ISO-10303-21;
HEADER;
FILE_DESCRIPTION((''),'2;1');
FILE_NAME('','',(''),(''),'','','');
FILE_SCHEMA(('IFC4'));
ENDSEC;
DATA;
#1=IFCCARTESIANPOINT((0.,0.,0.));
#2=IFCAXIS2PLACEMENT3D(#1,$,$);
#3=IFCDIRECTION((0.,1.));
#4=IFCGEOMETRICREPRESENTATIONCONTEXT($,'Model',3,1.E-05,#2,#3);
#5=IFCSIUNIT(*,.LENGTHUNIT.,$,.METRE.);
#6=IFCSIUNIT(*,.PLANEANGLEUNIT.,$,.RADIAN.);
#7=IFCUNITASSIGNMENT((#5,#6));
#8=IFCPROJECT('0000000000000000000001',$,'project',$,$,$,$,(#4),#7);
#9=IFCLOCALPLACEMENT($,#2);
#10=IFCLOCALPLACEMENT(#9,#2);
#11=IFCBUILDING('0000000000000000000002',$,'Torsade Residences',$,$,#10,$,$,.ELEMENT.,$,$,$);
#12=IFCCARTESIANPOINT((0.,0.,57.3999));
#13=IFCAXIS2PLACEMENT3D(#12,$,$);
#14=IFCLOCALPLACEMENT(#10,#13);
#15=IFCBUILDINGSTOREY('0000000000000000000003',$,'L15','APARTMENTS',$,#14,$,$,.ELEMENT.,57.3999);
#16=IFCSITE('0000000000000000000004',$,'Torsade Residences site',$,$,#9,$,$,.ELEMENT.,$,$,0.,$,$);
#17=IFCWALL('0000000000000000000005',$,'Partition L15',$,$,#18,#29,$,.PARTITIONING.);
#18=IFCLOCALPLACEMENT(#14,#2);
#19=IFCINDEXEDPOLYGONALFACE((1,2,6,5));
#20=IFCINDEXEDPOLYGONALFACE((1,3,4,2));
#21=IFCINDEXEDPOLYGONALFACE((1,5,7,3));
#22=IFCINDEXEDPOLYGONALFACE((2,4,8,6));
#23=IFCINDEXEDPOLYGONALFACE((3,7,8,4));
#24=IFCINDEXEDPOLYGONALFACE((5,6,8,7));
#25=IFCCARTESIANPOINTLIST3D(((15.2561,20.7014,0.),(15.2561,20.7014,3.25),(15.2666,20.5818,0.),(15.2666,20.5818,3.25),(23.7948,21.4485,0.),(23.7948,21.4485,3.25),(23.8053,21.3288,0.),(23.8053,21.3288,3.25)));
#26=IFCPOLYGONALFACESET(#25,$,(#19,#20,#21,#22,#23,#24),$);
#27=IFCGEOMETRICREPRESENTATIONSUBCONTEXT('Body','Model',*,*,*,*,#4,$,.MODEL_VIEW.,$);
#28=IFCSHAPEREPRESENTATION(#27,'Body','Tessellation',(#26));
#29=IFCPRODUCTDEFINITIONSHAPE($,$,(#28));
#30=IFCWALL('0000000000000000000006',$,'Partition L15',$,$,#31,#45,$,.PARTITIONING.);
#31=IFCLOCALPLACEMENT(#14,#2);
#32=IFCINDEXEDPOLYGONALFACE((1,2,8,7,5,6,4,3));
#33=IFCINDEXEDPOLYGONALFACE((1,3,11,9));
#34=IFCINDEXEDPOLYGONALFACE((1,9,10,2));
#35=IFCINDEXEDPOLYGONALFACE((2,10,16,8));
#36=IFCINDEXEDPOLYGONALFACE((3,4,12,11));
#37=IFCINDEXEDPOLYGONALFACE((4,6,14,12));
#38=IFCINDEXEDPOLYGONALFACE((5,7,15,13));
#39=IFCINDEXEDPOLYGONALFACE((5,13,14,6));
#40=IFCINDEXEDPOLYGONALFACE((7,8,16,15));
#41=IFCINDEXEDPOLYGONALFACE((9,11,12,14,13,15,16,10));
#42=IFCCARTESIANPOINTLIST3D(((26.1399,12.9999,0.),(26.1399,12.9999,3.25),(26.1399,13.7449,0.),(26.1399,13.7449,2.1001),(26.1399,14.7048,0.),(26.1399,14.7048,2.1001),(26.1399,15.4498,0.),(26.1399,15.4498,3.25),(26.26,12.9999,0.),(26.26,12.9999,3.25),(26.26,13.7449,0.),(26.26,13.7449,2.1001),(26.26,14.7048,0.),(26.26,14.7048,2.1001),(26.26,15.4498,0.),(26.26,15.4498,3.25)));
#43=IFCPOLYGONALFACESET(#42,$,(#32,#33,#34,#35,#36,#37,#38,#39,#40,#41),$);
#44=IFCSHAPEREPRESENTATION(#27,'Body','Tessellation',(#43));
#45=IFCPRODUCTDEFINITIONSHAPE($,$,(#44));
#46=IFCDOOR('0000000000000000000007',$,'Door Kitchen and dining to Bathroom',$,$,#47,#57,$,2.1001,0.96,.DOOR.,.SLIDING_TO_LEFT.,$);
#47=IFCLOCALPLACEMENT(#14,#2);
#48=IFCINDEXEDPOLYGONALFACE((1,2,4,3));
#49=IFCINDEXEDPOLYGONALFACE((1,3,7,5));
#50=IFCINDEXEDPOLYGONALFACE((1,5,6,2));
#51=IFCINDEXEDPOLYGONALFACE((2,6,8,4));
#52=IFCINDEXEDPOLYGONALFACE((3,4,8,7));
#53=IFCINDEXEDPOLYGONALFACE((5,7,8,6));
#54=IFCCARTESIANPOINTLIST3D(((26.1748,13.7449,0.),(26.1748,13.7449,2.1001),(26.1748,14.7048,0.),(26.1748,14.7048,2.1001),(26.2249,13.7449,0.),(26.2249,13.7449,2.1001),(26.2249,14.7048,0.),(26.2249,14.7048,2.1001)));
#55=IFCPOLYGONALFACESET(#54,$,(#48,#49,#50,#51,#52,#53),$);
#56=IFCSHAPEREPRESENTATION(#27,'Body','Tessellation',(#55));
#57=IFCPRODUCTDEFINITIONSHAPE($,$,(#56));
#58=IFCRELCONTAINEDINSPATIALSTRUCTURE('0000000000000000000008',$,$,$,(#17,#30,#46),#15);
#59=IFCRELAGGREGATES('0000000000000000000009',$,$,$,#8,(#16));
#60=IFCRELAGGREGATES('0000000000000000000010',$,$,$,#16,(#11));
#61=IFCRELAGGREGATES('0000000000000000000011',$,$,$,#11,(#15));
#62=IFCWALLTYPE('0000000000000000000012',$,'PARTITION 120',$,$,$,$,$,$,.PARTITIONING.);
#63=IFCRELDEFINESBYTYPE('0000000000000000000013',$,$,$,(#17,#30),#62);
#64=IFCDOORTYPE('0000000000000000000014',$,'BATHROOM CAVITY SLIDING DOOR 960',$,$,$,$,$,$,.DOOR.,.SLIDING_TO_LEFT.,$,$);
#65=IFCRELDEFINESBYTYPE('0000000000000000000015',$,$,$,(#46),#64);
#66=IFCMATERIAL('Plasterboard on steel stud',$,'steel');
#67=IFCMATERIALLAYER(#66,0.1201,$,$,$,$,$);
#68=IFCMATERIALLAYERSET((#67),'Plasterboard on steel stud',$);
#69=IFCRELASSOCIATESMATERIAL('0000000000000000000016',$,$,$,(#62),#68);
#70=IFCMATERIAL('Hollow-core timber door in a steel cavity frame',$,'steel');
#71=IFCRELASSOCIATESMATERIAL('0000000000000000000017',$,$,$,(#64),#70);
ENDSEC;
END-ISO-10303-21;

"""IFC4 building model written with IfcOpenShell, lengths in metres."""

from ifc_helpers import new_model, si_unit, direction, frame, frame_2d, origin, place, context, subcontext, project, spatial, rectangle, extrude, material, layer, layer_set, type_object, element, fill, save


model = new_model("IFC4")

# Units and contexts
model_context = context("Model", 3, precision=1e-05, world=origin(), true_north=direction((0.0, 1.0)))
body_context = subcontext(model_context, "Body", "Model", "MODEL_VIEW")
ifc_project = project(units=[si_unit("LENGTHUNIT", "METRE"), si_unit("PLANEANGLEUNIT", "RADIAN")], contexts=[model_context])

# Site, building, storey
site_placement = place(None, origin())
site = spatial("IfcSite", under=ifc_project, at=site_placement, Name="Torsade Residences site", CompositionType="ELEMENT", RefElevation=0.0)
building_placement = place(site_placement, origin())
building = spatial("IfcBuilding", under=site, at=building_placement, Name="Torsade Residences", CompositionType="ELEMENT")
storey_placement = place(building_placement, frame((0.0, 0.0, 57.3999)))
storey = spatial("IfcBuildingStorey", under=building, at=storey_placement, Name="L15", Description="APARTMENTS", CompositionType="ELEMENT", Elevation=57.3999)

# Shared definitions
ifc_material_1 = material(Name="Plasterboard on steel stud", Category="steel")
ifc_layer_1 = layer(ifc_material_1, 0.1201)
ifc_layer_set_1 = layer_set([ifc_layer_1], Name="Plasterboard on steel stud")
wall_type_1 = type_object("IfcWallType", Name="PARTITION 120", PredefinedType="PARTITIONING", material=ifc_layer_set_1)
ifc_material_2 = material(Name="Hollow-core timber door in a steel cavity frame", Category="steel")
door_type_1 = type_object("IfcDoorType", Name="BATHROOM CAVITY SLIDING DOOR 960", OperationType="SLIDING_TO_LEFT", PredefinedType="DOOR", material=ifc_material_2)

# Wall
wall_1_placement = place(storey_placement, frame((23.8, 21.3887, 0.0), z_axis=(0.0, 0.0, 1.0), x_axis=(-0.996194, -0.087161, 0.0)))
element("IfcWall", 1, at=wall_1_placement, inside=storey, type_object=wall_type_1, Name="Partition L15", PredefinedType="PARTITIONING", context=body_context, shape_type="SweptSolid", body=[
    extrude(rectangle(XDim=8.5713, YDim=0.1201, at=frame_2d((4.2856, 0.0))), origin(), (0.0, 0.0, 1.0), 3.25),
])

# Wall, opening, door
wall_2_placement = place(storey_placement, frame((26.2, 15.45, 0.0), z_axis=(0.0, 0.0, 1.0), x_axis=(0.0, -1.0, 0.0)))
wall_2 = element("IfcWall", 2, at=wall_2_placement, inside=storey, type_object=wall_type_1, Name="Partition L15", PredefinedType="PARTITIONING", context=body_context, shape_type="SweptSolid", body=[
    extrude(rectangle(XDim=2.45, YDim=0.1201, at=frame_2d((1.2251, 0.0))), origin(), (0.0, 0.0, 1.0), 3.25),
])
opening_1_placement = place(wall_2_placement, frame((0.7451, 0.0, 0.0)))
opening_1 = element("IfcOpeningElement", 3, at=opening_1_placement, cuts=wall_2, PredefinedType="OPENING", context=body_context, shape_type="SweptSolid", body=[
    extrude(rectangle(XDim=0.96, YDim=2.1001, at=frame_2d((0.48, 1.05))), frame((0.0, 0.0701, 0.0), z_axis=(0.0, -1.0, 0.0), x_axis=(1.0, 0.0, 0.0)), (0.0, 0.0, 1.0), 0.1401),
])
door_1_placement = place(opening_1_placement, origin())
door_1 = element("IfcDoor", 4, at=door_1_placement, inside=storey, type_object=door_type_1, Name="Door Kitchen and dining to Bathroom", OperationType="SLIDING_TO_LEFT", OverallHeight=2.1001, OverallWidth=0.96, PredefinedType="DOOR", context=body_context, shape_type="SweptSolid", body=[
    extrude(rectangle(XDim=0.96, YDim=2.1001, at=frame_2d((0.48, 1.05))), frame((0.0, 0.0249, 0.0), z_axis=(0.0, -1.0, 0.0), x_axis=(1.0, 0.0, 0.0)), (0.0, 0.0, 1.0), 0.05),
])
fill(opening_1, door_1)

save(model, "model.ifc")
